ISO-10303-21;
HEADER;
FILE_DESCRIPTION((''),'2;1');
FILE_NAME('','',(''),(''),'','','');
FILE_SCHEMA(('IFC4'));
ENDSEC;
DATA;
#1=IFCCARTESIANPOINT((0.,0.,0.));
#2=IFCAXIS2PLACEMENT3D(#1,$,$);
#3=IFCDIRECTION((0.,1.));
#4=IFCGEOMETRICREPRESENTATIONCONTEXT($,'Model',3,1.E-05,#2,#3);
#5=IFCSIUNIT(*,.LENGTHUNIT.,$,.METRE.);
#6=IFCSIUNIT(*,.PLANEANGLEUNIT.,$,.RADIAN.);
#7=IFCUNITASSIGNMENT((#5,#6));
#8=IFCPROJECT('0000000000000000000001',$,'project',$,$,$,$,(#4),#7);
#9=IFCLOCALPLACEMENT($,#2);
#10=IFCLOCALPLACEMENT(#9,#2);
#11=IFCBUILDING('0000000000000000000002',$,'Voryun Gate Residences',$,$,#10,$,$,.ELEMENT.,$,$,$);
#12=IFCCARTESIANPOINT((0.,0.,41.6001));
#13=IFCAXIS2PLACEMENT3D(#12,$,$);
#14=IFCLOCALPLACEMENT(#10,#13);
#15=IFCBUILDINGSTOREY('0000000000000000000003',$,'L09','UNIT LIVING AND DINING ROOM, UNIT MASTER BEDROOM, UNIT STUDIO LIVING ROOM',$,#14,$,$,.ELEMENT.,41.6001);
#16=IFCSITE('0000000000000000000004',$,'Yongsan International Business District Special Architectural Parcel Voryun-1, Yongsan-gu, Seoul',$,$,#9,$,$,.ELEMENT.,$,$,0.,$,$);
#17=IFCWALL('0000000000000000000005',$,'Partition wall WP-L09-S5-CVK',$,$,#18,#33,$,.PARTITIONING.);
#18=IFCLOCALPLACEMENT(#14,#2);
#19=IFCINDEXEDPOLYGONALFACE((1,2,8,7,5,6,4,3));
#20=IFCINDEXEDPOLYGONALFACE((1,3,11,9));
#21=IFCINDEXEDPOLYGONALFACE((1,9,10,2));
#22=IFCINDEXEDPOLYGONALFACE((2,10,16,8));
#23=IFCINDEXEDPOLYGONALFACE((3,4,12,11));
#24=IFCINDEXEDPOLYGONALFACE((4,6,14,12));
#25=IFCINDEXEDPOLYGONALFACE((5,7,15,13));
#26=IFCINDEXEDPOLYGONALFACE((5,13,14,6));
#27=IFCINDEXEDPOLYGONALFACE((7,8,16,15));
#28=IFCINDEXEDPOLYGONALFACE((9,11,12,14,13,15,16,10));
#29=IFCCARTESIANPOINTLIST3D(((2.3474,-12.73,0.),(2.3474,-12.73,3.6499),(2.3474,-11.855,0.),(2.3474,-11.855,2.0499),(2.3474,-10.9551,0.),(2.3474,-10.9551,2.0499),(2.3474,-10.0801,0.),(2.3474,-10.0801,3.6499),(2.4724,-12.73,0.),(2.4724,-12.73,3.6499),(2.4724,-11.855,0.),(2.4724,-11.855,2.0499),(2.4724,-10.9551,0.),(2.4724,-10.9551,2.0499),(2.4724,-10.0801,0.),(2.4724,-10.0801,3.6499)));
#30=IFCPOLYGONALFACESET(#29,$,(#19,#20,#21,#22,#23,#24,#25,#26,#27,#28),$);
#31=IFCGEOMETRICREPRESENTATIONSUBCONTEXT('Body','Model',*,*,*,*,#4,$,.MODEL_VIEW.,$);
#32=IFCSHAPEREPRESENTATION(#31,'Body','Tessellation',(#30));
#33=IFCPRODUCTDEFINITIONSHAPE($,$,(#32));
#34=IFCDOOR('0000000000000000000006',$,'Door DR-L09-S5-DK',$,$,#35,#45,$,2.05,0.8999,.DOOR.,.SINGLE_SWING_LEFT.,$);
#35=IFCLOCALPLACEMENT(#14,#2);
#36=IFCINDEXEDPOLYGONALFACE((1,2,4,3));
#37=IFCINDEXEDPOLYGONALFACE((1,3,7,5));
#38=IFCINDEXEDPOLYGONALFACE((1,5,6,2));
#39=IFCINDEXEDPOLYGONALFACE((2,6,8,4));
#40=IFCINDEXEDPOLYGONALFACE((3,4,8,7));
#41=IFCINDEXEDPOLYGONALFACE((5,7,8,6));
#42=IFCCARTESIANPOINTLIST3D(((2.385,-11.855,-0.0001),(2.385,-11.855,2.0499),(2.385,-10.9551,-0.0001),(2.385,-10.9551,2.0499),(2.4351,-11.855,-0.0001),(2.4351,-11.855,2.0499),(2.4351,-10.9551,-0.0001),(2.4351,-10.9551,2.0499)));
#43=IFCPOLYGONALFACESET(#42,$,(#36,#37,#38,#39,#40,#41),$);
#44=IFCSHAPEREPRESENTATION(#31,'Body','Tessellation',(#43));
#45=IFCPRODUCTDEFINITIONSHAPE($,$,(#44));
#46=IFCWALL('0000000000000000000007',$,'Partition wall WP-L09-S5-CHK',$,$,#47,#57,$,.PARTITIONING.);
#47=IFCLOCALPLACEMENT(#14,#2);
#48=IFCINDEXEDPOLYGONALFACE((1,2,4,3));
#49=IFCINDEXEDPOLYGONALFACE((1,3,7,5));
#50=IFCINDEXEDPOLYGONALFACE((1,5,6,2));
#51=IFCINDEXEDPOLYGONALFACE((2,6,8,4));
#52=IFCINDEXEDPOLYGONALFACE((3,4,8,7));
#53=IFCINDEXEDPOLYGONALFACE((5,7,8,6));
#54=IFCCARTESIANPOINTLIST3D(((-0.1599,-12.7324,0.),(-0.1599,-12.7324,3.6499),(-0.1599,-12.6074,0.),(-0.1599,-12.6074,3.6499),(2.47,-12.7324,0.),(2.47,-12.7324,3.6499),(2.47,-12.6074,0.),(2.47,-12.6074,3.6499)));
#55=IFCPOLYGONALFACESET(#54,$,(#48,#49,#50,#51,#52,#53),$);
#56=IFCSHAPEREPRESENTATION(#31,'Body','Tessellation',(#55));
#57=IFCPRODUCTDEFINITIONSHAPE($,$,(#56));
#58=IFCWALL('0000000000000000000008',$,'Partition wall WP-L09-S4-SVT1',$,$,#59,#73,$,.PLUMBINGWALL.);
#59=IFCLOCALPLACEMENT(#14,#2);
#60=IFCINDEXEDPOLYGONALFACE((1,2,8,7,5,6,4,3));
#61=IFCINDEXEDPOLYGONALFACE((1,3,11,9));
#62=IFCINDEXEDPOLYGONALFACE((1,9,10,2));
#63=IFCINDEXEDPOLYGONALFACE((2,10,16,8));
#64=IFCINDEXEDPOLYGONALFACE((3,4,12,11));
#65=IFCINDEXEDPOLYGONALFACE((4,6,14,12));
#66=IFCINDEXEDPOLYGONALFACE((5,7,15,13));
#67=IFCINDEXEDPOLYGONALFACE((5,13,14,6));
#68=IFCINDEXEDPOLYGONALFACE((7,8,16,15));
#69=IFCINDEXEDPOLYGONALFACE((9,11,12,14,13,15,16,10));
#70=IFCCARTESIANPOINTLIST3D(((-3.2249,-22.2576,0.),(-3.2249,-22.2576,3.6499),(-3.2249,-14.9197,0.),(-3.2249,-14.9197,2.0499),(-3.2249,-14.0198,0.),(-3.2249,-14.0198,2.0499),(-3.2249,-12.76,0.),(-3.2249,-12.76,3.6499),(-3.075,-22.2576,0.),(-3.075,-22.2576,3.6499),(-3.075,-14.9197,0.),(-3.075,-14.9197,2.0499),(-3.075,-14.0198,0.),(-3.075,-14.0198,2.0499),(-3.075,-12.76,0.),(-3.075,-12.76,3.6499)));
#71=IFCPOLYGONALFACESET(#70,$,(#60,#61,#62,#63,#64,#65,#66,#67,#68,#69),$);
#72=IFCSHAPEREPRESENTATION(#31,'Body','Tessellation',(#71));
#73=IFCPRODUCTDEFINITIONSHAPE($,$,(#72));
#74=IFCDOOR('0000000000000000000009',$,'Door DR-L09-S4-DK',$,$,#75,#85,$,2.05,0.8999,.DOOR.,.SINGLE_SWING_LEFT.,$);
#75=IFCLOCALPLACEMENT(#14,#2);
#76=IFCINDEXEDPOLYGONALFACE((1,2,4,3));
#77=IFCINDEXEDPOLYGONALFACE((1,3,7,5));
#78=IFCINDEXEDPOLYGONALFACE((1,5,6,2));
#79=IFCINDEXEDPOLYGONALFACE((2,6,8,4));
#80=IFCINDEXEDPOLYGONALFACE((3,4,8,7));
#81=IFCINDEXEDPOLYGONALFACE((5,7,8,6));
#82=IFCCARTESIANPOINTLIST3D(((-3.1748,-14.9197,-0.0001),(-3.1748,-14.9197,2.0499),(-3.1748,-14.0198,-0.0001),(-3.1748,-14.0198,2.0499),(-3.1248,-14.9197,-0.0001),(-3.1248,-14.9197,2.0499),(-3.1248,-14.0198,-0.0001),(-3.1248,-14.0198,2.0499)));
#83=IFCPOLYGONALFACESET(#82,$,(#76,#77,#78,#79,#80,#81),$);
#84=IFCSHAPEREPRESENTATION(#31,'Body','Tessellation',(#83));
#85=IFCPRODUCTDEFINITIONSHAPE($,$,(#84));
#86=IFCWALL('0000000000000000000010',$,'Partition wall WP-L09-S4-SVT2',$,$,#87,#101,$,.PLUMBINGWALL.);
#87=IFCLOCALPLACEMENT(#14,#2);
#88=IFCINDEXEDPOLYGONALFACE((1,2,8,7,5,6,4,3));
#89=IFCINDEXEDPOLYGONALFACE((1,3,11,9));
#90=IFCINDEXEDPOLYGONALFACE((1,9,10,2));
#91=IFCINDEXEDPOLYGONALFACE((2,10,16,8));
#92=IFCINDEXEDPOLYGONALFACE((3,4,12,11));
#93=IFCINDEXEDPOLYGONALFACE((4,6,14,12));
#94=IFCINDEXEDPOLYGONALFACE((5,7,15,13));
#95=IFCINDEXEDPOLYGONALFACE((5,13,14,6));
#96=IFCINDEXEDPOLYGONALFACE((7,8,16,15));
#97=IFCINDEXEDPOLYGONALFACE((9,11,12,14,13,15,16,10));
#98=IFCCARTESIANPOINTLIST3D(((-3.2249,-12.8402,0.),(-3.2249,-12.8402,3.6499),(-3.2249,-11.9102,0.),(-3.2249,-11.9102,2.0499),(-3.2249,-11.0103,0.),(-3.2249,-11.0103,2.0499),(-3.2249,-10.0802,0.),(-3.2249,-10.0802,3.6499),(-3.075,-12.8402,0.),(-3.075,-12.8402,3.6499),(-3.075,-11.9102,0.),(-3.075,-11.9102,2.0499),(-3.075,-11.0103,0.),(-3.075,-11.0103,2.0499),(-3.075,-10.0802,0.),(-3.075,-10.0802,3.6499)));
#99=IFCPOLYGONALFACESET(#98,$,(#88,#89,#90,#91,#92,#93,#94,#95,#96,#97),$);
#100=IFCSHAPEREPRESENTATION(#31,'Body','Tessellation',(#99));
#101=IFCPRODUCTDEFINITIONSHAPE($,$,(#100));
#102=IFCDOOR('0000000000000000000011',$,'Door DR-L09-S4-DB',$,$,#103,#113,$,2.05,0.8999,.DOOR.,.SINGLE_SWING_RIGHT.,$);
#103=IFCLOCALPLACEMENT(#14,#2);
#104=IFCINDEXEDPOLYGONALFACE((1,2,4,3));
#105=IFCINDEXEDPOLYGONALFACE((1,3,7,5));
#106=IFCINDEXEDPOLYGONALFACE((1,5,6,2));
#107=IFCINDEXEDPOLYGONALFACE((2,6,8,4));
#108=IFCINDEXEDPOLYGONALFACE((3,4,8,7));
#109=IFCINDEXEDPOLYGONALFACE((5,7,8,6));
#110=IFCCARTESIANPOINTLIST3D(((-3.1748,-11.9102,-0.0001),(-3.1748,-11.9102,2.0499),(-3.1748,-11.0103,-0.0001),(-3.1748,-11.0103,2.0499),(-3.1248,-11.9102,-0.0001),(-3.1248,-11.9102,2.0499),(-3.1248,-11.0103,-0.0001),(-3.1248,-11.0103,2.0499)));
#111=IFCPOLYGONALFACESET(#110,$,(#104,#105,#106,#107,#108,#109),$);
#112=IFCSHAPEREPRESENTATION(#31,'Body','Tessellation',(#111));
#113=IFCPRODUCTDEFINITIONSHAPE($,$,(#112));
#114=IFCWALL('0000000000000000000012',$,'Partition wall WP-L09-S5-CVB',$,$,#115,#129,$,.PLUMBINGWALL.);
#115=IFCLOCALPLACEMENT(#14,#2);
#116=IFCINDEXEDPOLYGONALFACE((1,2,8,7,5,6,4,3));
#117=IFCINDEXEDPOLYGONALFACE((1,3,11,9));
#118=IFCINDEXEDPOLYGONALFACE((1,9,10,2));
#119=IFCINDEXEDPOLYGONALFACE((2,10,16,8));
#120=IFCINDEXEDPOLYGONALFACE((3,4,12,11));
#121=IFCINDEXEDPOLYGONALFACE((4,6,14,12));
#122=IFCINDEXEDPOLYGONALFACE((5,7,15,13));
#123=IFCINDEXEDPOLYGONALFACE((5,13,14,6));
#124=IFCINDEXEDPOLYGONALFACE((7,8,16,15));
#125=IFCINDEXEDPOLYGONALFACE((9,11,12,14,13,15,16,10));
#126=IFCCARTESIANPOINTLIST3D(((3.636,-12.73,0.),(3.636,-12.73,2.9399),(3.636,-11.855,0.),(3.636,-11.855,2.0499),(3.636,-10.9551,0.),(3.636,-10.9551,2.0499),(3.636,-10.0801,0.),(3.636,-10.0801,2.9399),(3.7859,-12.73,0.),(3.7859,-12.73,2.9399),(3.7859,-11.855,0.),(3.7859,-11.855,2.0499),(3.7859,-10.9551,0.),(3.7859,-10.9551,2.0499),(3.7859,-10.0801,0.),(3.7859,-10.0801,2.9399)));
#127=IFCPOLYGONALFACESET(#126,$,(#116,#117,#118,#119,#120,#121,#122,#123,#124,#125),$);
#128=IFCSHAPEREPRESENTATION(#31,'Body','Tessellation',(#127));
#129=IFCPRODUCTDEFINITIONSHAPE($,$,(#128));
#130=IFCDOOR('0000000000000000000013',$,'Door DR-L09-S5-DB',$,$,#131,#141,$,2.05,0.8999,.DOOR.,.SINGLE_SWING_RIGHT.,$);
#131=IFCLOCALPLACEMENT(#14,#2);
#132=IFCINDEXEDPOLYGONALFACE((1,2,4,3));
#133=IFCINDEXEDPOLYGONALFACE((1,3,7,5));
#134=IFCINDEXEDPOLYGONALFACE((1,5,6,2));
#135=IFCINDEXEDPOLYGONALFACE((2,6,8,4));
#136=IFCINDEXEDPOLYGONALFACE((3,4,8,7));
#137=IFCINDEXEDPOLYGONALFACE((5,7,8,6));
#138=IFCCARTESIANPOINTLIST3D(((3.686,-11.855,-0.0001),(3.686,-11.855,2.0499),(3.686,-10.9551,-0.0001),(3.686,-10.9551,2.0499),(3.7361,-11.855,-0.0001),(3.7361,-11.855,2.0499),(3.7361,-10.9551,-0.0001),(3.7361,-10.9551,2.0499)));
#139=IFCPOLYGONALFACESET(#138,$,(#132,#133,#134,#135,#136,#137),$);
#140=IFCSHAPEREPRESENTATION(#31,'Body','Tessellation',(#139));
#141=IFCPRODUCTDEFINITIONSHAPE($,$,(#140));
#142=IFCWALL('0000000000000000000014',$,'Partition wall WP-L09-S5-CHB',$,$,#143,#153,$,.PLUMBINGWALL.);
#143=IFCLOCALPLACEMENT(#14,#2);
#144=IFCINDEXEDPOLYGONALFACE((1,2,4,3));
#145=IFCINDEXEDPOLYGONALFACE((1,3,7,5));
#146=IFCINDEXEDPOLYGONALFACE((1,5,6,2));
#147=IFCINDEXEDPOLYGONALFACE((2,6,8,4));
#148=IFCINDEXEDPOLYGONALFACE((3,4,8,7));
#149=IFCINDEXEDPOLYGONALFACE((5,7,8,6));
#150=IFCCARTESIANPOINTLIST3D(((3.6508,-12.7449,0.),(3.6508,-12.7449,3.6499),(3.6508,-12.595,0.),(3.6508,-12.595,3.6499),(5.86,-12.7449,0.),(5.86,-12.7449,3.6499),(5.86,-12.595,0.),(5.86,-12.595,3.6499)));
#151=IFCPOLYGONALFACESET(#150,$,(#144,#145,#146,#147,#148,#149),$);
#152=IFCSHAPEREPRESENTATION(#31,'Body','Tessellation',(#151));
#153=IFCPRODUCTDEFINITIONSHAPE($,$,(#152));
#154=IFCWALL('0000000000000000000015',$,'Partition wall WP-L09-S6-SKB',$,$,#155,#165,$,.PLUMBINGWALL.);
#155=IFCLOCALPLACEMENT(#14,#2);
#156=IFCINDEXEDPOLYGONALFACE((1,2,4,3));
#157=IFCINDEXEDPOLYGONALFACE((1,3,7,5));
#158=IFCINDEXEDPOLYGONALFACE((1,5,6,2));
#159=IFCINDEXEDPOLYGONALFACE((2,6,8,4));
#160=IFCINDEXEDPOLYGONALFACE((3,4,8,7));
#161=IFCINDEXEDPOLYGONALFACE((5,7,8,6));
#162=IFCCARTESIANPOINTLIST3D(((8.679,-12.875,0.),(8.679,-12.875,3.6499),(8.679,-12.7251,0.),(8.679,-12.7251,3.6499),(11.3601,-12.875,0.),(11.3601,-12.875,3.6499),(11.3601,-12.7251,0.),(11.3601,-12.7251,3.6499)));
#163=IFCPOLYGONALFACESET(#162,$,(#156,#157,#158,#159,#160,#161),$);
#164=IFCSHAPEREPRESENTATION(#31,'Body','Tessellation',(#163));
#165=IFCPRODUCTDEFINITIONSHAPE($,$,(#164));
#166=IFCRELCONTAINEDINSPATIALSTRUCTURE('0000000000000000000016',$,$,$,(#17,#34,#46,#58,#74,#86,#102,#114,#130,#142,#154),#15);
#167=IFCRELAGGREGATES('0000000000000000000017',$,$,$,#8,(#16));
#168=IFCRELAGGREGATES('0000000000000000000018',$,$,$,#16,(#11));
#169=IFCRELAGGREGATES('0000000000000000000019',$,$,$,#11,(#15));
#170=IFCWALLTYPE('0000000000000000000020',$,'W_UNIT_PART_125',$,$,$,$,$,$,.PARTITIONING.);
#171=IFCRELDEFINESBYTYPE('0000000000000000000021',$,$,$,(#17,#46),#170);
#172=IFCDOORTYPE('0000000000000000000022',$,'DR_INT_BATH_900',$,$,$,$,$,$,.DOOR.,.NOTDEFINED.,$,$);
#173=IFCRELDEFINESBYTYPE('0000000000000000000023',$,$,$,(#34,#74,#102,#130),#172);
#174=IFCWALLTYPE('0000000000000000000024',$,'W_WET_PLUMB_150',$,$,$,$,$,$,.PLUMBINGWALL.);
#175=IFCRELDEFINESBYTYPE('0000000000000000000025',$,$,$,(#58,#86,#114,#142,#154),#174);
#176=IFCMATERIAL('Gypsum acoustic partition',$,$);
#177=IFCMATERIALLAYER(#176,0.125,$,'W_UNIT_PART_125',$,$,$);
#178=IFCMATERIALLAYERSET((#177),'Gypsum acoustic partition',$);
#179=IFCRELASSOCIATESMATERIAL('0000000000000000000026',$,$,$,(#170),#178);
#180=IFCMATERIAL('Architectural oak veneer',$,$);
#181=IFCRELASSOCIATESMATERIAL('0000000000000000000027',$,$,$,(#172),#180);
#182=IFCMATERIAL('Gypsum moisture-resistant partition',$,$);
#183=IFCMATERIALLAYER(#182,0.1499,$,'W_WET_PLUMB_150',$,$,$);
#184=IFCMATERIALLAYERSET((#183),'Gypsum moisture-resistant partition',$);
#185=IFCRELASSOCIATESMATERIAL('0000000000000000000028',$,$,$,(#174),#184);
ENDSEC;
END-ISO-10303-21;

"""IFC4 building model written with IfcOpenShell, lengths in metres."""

from ifc_helpers import new_model, si_unit, direction, frame, frame_2d, origin, place, context, subcontext, project, spatial, rectangle, extrude, material, layer, layer_set, type_object, element, fill, save


model = new_model("IFC4")

# Units and contexts
model_context = context("Model", 3, precision=1e-05, world=origin(), true_north=direction((0.0, 1.0)))
body_context = subcontext(model_context, "Body", "Model", "MODEL_VIEW")
ifc_project = project(units=[si_unit("LENGTHUNIT", "METRE"), si_unit("PLANEANGLEUNIT", "RADIAN")], contexts=[model_context])

# Site, building, storey
site_placement = place(None, origin())
site = spatial("IfcSite", under=ifc_project, at=site_placement, Name="Yongsan International Business District Special Architectural Parcel Voryun-1, Yongsan-gu, Seoul", CompositionType="ELEMENT", RefElevation=0.0)
building_placement = place(site_placement, origin())
building = spatial("IfcBuilding", under=site, at=building_placement, Name="Voryun Gate Residences", CompositionType="ELEMENT")
storey_placement = place(building_placement, frame((0.0, 0.0, 41.6001)))
storey = spatial("IfcBuildingStorey", under=building, at=storey_placement, Name="L09", Description="UNIT LIVING AND DINING ROOM, UNIT MASTER BEDROOM, UNIT STUDIO LIVING ROOM", CompositionType="ELEMENT", Elevation=41.6001)

# Wall, opening, door
ifc_material_1 = material(Name="Gypsum acoustic partition")
ifc_layer_1 = layer(ifc_material_1, 0.125, Name="W_UNIT_PART_125")
ifc_layer_set_1 = layer_set([ifc_layer_1], Name="Gypsum acoustic partition")
wall_type_1 = type_object("IfcWallType", Name="W_UNIT_PART_125", PredefinedType="PARTITIONING", material=ifc_layer_set_1)
wall_1_placement = place(storey_placement, frame((2.4099, -12.73, 0.0), z_axis=(0.0, 0.0, 1.0), x_axis=(0.0, 1.0, 0.0)))
wall_1 = element("IfcWall", 1, at=wall_1_placement, inside=storey, type_object=wall_type_1, Name="Partition wall WP-L09-S5-CVK", PredefinedType="PARTITIONING", context=body_context, shape_type="SweptSolid", body=[
    extrude(rectangle(XDim=2.6499, YDim=0.125, at=frame_2d((1.325, 0.0))), origin(), (0.0, 0.0, 1.0), 3.6499),
])
opening_1_placement = place(wall_1_placement, frame((0.875, 0.0, 0.0)))
opening_1 = element("IfcOpeningElement", 2, at=opening_1_placement, cuts=wall_1, PredefinedType="OPENING", context=body_context, shape_type="SweptSolid", body=[
    extrude(rectangle(XDim=0.8999, YDim=2.05, at=frame_2d((0.45, 1.0249))), frame((0.0, 0.0725, 0.0), z_axis=(0.0, -1.0, 0.0), x_axis=(1.0, 0.0, 0.0)), (0.0, 0.0, 1.0), 0.145),
])
ifc_material_2 = material(Name="Architectural oak veneer")
door_type = type_object("IfcDoorType", Name="DR_INT_BATH_900", OperationType="NOTDEFINED", PredefinedType="DOOR", material=ifc_material_2)
door_1_placement = place(opening_1_placement, origin())
door_1 = element("IfcDoor", 3, at=door_1_placement, inside=storey, type_object=door_type, Name="Door DR-L09-S5-DK", OperationType="SINGLE_SWING_LEFT", OverallHeight=2.05, OverallWidth=0.8999, PredefinedType="DOOR", context=body_context, shape_type="SweptSolid", body=[
    extrude(rectangle(XDim=0.8999, YDim=2.05, at=frame_2d((0.45, 1.0249))), frame((0.0, 0.0249, 0.0), z_axis=(0.0, -1.0, 0.0), x_axis=(1.0, 0.0, 0.0)), (0.0, 0.0, 1.0), 0.05),
])
fill(opening_1, door_1)

# Wall
wall_2_placement = place(storey_placement, frame((-0.1599, -12.6699, 0.0), z_axis=(0.0, 0.0, 1.0), x_axis=(1.0, 0.0, 0.0)))
element("IfcWall", 4, at=wall_2_placement, inside=storey, type_object=wall_type_1, Name="Partition wall WP-L09-S5-CHK", PredefinedType="PARTITIONING", context=body_context, shape_type="SweptSolid", body=[
    extrude(rectangle(XDim=2.6299, YDim=0.125, at=frame_2d((1.3149, 0.0))), origin(), (0.0, 0.0, 1.0), 3.6499),
])

# Walls, openings, doors
ifc_material_3 = material(Name="Gypsum moisture-resistant partition")
ifc_layer_2 = layer(ifc_material_3, 0.1499, Name="W_WET_PLUMB_150")
ifc_layer_set_2 = layer_set([ifc_layer_2], Name="Gypsum moisture-resistant partition")
wall_type_2 = type_object("IfcWallType", Name="W_WET_PLUMB_150", PredefinedType="PLUMBINGWALL", material=ifc_layer_set_2)
wall_3_placement = place(storey_placement, frame((-3.1499, -22.2576, 0.0), z_axis=(0.0, 0.0, 1.0), x_axis=(0.0, 1.0, 0.0)))
wall_3 = element("IfcWall", 5, at=wall_3_placement, inside=storey, type_object=wall_type_2, Name="Partition wall WP-L09-S4-SVT1", PredefinedType="PLUMBINGWALL", context=body_context, shape_type="SweptSolid", body=[
    extrude(rectangle(XDim=9.4976, YDim=0.1499, at=frame_2d((4.7488, 0.0))), origin(), (0.0, 0.0, 1.0), 3.6499),
])
opening_2_placement = place(wall_3_placement, frame((7.3379, 0.0, 0.0)))
opening_2 = element("IfcOpeningElement", 6, at=opening_2_placement, cuts=wall_3, PredefinedType="OPENING", context=body_context, shape_type="SweptSolid", body=[
    extrude(rectangle(XDim=0.8999, YDim=2.05, at=frame_2d((0.45, 1.0249))), frame((0.0, 0.085, 0.0), z_axis=(0.0, -1.0, 0.0), x_axis=(1.0, 0.0, 0.0)), (0.0, 0.0, 1.0), 0.1699),
])
door_2_placement = place(opening_2_placement, origin())
door_2 = element("IfcDoor", 7, at=door_2_placement, inside=storey, type_object=door_type, Name="Door DR-L09-S4-DK", OperationType="SINGLE_SWING_LEFT", OverallHeight=2.05, OverallWidth=0.8999, PredefinedType="DOOR", context=body_context, shape_type="SweptSolid", body=[
    extrude(rectangle(XDim=0.8999, YDim=2.05, at=frame_2d((0.45, 1.0249))), frame((0.0, 0.0249, 0.0), z_axis=(0.0, -1.0, 0.0), x_axis=(1.0, 0.0, 0.0)), (0.0, 0.0, 1.0), 0.05),
])
fill(opening_2, door_2)
wall_4_placement = place(storey_placement, frame((-3.1499, -12.8401, 0.0), z_axis=(0.0, 0.0, 1.0), x_axis=(0.0, 1.0, 0.0)))
wall_4 = element("IfcWall", 8, at=wall_4_placement, inside=storey, type_object=wall_type_2, Name="Partition wall WP-L09-S4-SVT2", PredefinedType="PLUMBINGWALL", context=body_context, shape_type="SweptSolid", body=[
    extrude(rectangle(XDim=2.76, YDim=0.1499, at=frame_2d((1.3799, 0.0))), origin(), (0.0, 0.0, 1.0), 3.6499),
])
opening_3_placement = place(wall_4_placement, frame((0.9299, 0.0, 0.0)))
opening_3 = element("IfcOpeningElement", 9, at=opening_3_placement, cuts=wall_4, PredefinedType="OPENING", context=body_context, shape_type="SweptSolid", body=[
    extrude(rectangle(XDim=0.8999, YDim=2.05, at=frame_2d((0.45, 1.0249))), frame((0.0, 0.085, 0.0), z_axis=(0.0, -1.0, 0.0), x_axis=(1.0, 0.0, 0.0)), (0.0, 0.0, 1.0), 0.1699),
])
door_3_placement = place(opening_3_placement, origin())
door_3 = element("IfcDoor", 10, at=door_3_placement, inside=storey, type_object=door_type, Name="Door DR-L09-S4-DB", OperationType="SINGLE_SWING_RIGHT", OverallHeight=2.05, OverallWidth=0.8999, PredefinedType="DOOR", context=body_context, shape_type="SweptSolid", body=[
    extrude(rectangle(XDim=0.8999, YDim=2.05, at=frame_2d((0.45, 1.0249))), frame((0.0, 0.0249, 0.0), z_axis=(0.0, -1.0, 0.0), x_axis=(1.0, 0.0, 0.0)), (0.0, 0.0, 1.0), 0.05),
])
fill(opening_3, door_3)
wall_5_placement = place(storey_placement, frame((3.7109, -12.73, 0.0), z_axis=(0.0, 0.0, 1.0), x_axis=(0.0, 1.0, 0.0)))
wall_5 = element("IfcWall", 11, at=wall_5_placement, inside=storey, type_object=wall_type_2, Name="Partition wall WP-L09-S5-CVB", PredefinedType="PLUMBINGWALL", context=body_context, shape_type="SweptSolid", body=[
    extrude(rectangle(XDim=2.6499, YDim=0.1499, at=frame_2d((1.325, 0.0))), origin(), (0.0, 0.0, 1.0), 2.9399),
])
opening_4_placement = place(wall_5_placement, frame((0.875, 0.0, 0.0)))
opening_4 = element("IfcOpeningElement", 12, at=opening_4_placement, cuts=wall_5, PredefinedType="OPENING", context=body_context, shape_type="SweptSolid", body=[
    extrude(rectangle(XDim=0.8999, YDim=2.05, at=frame_2d((0.45, 1.0249))), frame((0.0, 0.085, 0.0), z_axis=(0.0, -1.0, 0.0), x_axis=(1.0, 0.0, 0.0)), (0.0, 0.0, 1.0), 0.1699),
])
door_4_placement = place(opening_4_placement, origin())
door_4 = element("IfcDoor", 13, at=door_4_placement, inside=storey, type_object=door_type, Name="Door DR-L09-S5-DB", OperationType="SINGLE_SWING_RIGHT", OverallHeight=2.05, OverallWidth=0.8999, PredefinedType="DOOR", context=body_context, shape_type="SweptSolid", body=[
    extrude(rectangle(XDim=0.8999, YDim=2.05, at=frame_2d((0.45, 1.0249))), frame((0.0, 0.0249, 0.0), z_axis=(0.0, -1.0, 0.0), x_axis=(1.0, 0.0, 0.0)), (0.0, 0.0, 1.0), 0.05),
])
fill(opening_4, door_4)

# Walls
wall_6_placement = place(storey_placement, frame((3.6509, -12.6699, 0.0), z_axis=(0.0, 0.0, 1.0), x_axis=(1.0, 0.0, 0.0)))
element("IfcWall", 14, at=wall_6_placement, inside=storey, type_object=wall_type_2, Name="Partition wall WP-L09-S5-CHB", PredefinedType="PLUMBINGWALL", context=body_context, shape_type="SweptSolid", body=[
    extrude(rectangle(XDim=2.2092, YDim=0.1499, at=frame_2d((1.1045, 0.0))), origin(), (0.0, 0.0, 1.0), 3.6499),
])
wall_7_placement = place(storey_placement, frame((8.679, -12.8, 0.0), z_axis=(0.0, 0.0, 1.0), x_axis=(1.0, 0.0, 0.0)))
element("IfcWall", 15, at=wall_7_placement, inside=storey, type_object=wall_type_2, Name="Partition wall WP-L09-S6-SKB", PredefinedType="PLUMBINGWALL", context=body_context, shape_type="SweptSolid", body=[
    extrude(rectangle(XDim=2.6812, YDim=0.1499, at=frame_2d((1.3406, 0.0))), origin(), (0.0, 0.0, 1.0), 3.6499),
])

save(model, "model.ifc")
